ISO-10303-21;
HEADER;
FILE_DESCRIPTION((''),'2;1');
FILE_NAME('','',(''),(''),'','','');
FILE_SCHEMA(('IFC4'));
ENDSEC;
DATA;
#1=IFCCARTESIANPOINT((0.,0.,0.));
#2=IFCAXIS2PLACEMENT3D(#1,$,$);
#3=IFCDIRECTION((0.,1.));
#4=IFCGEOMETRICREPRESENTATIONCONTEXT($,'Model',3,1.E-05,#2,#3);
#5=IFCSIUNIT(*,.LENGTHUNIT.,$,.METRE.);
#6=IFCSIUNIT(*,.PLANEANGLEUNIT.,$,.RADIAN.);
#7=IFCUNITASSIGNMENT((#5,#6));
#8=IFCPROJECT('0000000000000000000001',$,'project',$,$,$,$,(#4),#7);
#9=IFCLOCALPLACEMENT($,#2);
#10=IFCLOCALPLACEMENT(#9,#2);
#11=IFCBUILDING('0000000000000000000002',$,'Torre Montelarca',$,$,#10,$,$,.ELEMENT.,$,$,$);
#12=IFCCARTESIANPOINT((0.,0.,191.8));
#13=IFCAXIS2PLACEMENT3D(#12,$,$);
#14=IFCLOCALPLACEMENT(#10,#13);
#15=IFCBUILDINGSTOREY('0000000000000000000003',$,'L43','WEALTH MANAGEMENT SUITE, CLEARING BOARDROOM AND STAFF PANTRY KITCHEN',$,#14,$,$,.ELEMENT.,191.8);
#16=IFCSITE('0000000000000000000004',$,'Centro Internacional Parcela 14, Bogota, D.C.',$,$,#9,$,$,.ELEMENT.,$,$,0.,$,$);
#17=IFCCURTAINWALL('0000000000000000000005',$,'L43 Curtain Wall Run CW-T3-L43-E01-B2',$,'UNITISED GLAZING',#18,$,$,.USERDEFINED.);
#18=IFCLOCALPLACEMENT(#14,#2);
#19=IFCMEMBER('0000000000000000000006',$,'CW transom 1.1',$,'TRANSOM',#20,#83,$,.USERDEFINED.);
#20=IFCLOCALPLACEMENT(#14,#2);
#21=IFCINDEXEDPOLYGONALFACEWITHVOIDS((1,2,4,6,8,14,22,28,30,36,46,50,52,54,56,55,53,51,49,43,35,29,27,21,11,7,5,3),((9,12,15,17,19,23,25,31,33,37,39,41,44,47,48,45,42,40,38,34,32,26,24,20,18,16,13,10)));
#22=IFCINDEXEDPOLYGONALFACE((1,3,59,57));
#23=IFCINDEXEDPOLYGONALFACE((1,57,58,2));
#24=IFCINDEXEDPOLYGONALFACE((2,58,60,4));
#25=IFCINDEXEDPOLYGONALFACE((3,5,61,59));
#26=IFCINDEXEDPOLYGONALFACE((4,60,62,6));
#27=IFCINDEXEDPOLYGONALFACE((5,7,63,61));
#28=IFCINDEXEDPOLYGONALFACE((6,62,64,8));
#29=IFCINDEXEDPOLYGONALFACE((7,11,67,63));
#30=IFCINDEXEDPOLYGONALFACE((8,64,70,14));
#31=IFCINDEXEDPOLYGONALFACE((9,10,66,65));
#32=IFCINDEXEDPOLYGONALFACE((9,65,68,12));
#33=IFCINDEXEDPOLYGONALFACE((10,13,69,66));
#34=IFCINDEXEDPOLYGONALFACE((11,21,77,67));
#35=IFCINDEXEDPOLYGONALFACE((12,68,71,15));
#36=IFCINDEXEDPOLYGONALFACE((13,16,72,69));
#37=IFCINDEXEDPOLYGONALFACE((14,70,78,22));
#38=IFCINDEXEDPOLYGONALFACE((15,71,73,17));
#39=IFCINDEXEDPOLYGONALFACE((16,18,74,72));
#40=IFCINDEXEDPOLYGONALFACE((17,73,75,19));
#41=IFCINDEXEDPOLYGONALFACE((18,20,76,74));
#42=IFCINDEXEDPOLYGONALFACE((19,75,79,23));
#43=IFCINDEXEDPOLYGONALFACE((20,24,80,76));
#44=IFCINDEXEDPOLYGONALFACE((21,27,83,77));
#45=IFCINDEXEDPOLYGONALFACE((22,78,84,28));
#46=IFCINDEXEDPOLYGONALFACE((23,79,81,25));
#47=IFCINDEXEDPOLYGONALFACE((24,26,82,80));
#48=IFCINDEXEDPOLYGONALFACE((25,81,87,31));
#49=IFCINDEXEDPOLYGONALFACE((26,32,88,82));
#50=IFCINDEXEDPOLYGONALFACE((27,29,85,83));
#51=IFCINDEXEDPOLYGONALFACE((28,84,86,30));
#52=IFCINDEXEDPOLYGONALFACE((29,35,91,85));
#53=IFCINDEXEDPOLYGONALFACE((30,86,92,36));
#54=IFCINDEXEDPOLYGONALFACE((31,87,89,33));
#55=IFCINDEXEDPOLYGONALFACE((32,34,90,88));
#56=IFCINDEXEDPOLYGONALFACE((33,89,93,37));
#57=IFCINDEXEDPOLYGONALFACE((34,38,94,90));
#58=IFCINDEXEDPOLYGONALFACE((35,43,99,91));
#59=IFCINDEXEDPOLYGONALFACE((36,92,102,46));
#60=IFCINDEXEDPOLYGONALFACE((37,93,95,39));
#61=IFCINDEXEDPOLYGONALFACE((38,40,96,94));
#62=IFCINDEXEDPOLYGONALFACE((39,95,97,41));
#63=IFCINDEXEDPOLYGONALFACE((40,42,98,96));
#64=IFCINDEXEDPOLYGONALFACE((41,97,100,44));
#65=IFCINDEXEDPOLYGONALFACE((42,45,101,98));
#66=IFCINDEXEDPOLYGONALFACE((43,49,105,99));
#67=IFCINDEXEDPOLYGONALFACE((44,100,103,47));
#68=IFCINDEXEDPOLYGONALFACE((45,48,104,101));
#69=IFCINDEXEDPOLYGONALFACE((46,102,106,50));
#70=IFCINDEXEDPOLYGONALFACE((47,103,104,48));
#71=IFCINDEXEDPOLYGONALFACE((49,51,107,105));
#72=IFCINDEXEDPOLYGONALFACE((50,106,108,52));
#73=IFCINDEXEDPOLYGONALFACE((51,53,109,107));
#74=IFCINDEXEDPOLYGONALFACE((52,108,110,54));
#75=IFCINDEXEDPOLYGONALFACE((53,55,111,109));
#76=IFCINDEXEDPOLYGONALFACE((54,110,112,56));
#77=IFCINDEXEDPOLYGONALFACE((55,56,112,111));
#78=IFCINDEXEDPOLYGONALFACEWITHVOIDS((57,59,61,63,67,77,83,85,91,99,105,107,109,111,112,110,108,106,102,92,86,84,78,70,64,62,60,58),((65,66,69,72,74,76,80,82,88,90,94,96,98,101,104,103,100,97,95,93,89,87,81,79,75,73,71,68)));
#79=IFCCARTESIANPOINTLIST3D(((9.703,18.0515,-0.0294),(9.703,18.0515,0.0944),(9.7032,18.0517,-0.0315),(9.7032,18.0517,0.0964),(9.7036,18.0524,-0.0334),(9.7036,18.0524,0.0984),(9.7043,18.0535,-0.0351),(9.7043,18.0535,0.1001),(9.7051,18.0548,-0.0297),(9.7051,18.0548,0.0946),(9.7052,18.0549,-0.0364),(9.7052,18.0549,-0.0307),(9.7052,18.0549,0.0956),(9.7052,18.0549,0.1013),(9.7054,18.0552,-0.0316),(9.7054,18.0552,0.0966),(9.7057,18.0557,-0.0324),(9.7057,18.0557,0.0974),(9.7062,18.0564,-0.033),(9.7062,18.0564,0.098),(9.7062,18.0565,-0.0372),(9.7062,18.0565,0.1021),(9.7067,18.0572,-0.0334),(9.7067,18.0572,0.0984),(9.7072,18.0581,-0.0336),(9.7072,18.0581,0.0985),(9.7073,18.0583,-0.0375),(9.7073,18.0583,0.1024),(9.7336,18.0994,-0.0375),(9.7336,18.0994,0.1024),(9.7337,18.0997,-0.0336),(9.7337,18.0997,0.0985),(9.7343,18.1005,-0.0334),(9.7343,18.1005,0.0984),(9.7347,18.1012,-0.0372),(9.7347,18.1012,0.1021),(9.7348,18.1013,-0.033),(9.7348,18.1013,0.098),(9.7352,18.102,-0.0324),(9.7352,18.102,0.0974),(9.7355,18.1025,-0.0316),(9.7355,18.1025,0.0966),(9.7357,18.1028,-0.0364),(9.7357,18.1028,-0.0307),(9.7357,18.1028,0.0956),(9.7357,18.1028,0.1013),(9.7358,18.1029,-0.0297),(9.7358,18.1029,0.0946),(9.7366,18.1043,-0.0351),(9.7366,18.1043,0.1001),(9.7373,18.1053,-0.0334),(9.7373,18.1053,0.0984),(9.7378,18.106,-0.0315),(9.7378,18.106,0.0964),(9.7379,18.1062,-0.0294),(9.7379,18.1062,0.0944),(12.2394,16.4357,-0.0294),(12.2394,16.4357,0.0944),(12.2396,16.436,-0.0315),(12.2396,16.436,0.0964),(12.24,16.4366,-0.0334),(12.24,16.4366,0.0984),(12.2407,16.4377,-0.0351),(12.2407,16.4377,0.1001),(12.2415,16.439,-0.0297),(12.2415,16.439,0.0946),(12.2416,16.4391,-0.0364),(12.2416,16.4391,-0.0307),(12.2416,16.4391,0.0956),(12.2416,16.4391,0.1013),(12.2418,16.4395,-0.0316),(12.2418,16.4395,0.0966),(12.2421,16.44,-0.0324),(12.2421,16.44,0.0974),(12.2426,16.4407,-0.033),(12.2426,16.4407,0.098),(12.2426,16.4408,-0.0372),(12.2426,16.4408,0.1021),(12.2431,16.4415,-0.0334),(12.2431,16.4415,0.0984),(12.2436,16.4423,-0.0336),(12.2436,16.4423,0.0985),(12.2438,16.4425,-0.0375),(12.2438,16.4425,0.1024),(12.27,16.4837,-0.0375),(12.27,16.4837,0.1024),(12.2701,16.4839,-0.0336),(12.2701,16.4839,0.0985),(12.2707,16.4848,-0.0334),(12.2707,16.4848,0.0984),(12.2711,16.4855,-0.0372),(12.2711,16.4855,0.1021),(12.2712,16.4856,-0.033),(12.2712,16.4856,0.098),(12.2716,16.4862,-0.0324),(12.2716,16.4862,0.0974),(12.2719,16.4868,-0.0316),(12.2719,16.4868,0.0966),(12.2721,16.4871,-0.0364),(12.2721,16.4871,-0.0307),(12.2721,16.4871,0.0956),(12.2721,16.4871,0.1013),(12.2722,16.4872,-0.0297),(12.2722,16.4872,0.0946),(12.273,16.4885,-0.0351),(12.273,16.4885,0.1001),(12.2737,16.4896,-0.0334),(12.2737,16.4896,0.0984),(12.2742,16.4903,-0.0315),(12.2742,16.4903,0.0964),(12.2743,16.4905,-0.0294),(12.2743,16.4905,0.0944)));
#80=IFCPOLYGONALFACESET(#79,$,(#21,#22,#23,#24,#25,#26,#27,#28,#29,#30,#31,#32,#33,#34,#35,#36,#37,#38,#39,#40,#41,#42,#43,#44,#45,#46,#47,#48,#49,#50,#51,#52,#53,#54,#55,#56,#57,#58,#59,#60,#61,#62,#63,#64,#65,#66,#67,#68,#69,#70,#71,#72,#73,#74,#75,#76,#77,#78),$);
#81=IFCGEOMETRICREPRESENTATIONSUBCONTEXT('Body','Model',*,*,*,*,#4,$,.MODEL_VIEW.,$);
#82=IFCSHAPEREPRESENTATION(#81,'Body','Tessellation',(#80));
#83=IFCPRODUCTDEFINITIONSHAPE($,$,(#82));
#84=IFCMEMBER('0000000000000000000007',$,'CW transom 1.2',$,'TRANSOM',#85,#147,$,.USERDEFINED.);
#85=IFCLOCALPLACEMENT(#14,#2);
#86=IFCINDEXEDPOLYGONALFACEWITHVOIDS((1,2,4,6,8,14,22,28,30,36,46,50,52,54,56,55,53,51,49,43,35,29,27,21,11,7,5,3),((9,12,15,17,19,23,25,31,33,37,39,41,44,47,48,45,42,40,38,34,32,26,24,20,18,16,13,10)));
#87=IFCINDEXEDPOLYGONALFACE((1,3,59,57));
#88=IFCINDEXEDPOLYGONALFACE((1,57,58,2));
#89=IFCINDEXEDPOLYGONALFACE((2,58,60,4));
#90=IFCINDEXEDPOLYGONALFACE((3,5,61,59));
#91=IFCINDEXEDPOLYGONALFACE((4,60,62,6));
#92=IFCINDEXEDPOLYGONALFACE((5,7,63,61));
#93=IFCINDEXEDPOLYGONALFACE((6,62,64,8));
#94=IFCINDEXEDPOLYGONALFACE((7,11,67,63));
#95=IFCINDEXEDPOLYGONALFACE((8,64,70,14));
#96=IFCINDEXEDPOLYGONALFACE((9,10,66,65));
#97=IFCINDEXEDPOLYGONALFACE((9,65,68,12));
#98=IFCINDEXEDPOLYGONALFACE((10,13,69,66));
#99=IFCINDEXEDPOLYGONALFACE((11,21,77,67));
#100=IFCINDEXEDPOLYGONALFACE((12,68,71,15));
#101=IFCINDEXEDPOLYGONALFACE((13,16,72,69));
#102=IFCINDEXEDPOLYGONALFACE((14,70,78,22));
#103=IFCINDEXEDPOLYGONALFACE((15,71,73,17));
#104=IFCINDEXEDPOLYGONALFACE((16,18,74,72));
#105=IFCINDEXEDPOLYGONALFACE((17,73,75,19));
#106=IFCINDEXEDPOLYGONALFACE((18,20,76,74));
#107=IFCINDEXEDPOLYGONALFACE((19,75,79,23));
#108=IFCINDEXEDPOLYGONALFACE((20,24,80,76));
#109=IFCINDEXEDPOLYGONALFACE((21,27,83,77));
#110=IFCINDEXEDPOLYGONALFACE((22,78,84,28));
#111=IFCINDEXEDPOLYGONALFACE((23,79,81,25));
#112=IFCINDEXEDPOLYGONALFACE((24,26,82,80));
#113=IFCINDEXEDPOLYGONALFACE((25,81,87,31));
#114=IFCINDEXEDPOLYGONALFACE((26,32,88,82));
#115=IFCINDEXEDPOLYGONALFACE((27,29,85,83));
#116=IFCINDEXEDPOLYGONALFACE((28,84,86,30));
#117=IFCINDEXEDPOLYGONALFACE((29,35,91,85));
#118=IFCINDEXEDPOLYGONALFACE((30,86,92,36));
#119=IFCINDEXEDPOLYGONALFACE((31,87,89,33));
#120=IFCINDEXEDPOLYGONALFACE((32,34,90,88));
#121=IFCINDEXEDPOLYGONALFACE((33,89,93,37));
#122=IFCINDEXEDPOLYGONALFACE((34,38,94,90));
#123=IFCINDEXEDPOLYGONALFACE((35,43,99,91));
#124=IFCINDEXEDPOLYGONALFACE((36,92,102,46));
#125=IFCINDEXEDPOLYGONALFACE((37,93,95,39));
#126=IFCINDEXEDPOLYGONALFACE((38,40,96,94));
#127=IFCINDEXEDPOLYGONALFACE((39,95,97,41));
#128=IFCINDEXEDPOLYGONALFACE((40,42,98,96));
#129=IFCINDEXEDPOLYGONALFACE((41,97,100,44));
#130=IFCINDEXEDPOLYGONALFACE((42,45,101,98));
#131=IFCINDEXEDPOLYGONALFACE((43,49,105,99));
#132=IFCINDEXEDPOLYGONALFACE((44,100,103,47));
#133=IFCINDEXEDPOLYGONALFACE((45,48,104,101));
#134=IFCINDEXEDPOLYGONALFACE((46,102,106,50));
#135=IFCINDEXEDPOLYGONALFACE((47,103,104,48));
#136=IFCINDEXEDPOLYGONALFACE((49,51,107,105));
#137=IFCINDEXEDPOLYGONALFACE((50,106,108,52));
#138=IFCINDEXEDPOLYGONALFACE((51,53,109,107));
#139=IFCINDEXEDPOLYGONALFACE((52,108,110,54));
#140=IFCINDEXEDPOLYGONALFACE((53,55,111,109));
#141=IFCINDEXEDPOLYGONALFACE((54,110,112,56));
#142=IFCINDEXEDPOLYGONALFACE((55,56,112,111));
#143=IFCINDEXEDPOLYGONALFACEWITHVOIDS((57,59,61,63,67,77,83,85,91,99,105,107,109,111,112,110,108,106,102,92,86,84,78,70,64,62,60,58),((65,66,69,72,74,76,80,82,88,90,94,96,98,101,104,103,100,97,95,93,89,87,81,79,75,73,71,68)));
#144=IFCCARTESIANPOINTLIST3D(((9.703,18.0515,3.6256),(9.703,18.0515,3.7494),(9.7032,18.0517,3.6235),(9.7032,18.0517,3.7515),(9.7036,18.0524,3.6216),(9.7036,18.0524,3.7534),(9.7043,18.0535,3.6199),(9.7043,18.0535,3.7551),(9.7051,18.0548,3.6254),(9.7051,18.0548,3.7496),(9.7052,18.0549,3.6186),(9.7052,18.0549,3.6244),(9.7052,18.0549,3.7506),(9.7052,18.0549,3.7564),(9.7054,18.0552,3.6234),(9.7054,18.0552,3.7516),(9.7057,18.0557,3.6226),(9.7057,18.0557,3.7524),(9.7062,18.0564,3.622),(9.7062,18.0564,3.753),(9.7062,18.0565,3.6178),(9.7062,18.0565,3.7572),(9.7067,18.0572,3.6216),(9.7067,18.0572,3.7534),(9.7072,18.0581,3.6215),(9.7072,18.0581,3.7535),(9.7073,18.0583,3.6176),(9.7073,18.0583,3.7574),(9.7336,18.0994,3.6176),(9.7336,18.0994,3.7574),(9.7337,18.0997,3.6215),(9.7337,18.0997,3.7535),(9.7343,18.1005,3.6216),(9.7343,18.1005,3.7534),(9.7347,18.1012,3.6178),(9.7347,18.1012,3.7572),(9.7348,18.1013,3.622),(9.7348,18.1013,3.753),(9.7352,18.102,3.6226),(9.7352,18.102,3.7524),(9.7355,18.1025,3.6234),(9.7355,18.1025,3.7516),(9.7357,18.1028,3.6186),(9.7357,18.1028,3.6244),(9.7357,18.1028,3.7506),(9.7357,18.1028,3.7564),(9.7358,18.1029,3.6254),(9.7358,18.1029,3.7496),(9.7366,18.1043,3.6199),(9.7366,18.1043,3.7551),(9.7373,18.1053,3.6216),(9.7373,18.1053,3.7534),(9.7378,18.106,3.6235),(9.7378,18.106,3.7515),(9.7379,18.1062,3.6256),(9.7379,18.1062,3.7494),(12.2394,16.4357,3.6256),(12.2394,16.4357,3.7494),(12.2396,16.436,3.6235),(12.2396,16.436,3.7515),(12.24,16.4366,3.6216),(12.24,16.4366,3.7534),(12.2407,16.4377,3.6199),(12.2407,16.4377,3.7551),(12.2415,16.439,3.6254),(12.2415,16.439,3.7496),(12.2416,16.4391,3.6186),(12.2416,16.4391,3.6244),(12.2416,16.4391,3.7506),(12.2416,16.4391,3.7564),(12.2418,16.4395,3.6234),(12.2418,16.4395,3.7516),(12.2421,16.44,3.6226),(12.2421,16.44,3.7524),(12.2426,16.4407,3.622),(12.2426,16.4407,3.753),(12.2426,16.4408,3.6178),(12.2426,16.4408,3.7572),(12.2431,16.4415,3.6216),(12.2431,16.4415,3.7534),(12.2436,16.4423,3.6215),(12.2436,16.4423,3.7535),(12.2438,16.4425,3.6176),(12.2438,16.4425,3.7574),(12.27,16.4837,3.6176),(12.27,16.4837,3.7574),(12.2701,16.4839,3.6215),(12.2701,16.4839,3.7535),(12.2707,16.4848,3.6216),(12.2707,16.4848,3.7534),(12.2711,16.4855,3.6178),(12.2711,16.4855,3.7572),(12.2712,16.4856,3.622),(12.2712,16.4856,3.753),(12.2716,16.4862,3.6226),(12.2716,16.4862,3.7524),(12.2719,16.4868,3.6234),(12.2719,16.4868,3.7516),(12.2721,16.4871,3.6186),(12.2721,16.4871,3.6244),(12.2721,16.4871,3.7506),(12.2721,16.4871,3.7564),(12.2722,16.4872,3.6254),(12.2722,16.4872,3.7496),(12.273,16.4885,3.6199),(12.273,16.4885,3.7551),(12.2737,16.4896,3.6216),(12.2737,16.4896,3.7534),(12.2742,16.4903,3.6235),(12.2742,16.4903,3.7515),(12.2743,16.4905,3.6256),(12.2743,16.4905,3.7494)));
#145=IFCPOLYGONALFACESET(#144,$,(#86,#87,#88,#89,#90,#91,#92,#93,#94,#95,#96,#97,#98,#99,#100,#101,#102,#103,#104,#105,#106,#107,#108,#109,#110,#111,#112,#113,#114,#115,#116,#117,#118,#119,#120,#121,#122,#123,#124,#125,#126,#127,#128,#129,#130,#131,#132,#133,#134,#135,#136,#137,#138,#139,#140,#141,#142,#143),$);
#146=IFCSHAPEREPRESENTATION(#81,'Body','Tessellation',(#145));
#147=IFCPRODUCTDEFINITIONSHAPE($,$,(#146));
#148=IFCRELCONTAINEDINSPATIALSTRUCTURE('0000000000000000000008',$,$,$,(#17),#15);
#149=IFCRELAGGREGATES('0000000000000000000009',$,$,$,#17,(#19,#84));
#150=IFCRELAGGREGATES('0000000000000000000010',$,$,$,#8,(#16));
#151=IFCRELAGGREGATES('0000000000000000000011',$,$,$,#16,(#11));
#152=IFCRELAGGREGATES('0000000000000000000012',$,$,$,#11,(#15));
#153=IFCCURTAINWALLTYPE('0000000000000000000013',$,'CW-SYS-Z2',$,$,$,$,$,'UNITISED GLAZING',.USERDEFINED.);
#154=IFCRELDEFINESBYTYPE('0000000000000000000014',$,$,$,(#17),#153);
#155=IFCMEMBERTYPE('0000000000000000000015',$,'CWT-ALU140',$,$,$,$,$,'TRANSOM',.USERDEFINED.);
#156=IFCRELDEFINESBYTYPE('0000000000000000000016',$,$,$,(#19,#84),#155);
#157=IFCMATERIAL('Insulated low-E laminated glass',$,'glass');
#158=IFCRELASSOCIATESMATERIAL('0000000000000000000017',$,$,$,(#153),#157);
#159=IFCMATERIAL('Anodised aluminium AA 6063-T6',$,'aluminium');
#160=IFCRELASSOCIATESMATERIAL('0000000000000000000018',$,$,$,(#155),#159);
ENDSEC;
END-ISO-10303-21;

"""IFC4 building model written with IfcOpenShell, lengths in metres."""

from ifc_helpers import new_model, si_unit, direction, frame, origin, origin_2d, place, context, subcontext, project, spatial, hollow_rectangle, extrude, source, transform, mapped, material, material_profile, profile_set, type_object, element, aggregate, save


model = new_model("IFC4")

# Units and contexts
model_context = context("Model", 3, precision=1e-05, world=origin(), true_north=direction((0.0, 1.0)))
body_context = subcontext(model_context, "Body", "Model", "MODEL_VIEW")
ifc_project = project(units=[si_unit("LENGTHUNIT", "METRE"), si_unit("PLANEANGLEUNIT", "RADIAN")], contexts=[model_context])

# Site, building, storey
site_placement = place(None, origin())
site = spatial("IfcSite", under=ifc_project, at=site_placement, Name="Centro Internacional Parcela 14, Bogota, D.C.", CompositionType="ELEMENT", RefElevation=0.0)
building_placement = place(site_placement, origin())
building = spatial("IfcBuilding", under=site, at=building_placement, Name="Torre Montelarca", CompositionType="ELEMENT")
storey_placement = place(building_placement, frame((0.0, 0.0, 191.8)))
storey = spatial("IfcBuildingStorey", under=building, at=storey_placement, Name="L43", Description="WEALTH MANAGEMENT SUITE, CLEARING BOARDROOM AND STAFF PANTRY KITCHEN", CompositionType="ELEMENT", Elevation=191.8)

# Curtain wall
ifc_material_1 = material(Name="Insulated low-E laminated glass", Category="glass")
curtain_wall_type = type_object("IfcCurtainWallType", Name="CW-SYS-Z2", ElementType="UNITISED GLAZING", PredefinedType="USERDEFINED", material=ifc_material_1)
ifc_material_2 = material(Name="Anodised aluminium AA 6063-T6", Category="aluminium")
curtain_wall_1_placement = place(storey_placement, origin())
curtain_wall_1 = element("IfcCurtainWall", 1, at=curtain_wall_1_placement, inside=storey, type_object=curtain_wall_type, Name="L43 Curtain Wall Run CW-T3-L43-E01-B2", ObjectType="UNITISED GLAZING", PredefinedType="USERDEFINED")

# Members
ifc_material_profile_1 = material_profile(ifc_material_2, hollow_rectangle(XDim=0.0649, YDim=0.1399, WallThickness=0.0039, InnerFilletRadius=0.0039, OuterFilletRadius=0.0081, at=origin_2d()), Name="ALU65X140X4", Category="aluminium")
ifc_profile_set_1 = profile_set([ifc_material_profile_1], Name="Anodised aluminium AA 6063-T6")
member_type_1 = type_object("IfcMemberType", Name="CWT-ALU140", ElementType="TRANSOM", PredefinedType="USERDEFINED", material=ifc_profile_set_1)
shared_shape_1 = source(origin(), body_context, "Body", "SweptSolid", [
    extrude(hollow_rectangle(XDim=0.0649, YDim=0.1399, WallThickness=0.0039, InnerFilletRadius=0.0039, OuterFilletRadius=0.0081, at=origin_2d()), origin(), (0.0, 0.0, 1.0), 3.0073),
])
member_1_placement = place(storey_placement, frame((9.7205, 18.0789, 0.0325), z_axis=(0.843411, -0.537269, 0.0), x_axis=(0.537269, 0.843411, 0.0)))
member_1 = element("IfcMember", 2, at=member_1_placement, type_object=member_type_1, Name="CW transom 1.1", ObjectType="TRANSOM", PredefinedType="USERDEFINED", context=body_context, shape_type="MappedRepresentation", body=[
    mapped(shared_shape_1, transform((0.0, 0.0, 0.0), scale=1.0)),
])
member_2_placement = place(storey_placement, frame((9.7205, 18.0789, 3.6875), z_axis=(0.843411, -0.537269, 0.0), x_axis=(0.537269, 0.843411, 0.0)))
member_2 = element("IfcMember", 3, at=member_2_placement, type_object=member_type_1, Name="CW transom 1.2", ObjectType="TRANSOM", PredefinedType="USERDEFINED", context=body_context, shape_type="MappedRepresentation", body=[
    mapped(shared_shape_1, transform((0.0, 0.0, 0.0), scale=1.0)),
])

aggregate(curtain_wall_1, [member_1, member_2])

save(model, "model.ifc")
